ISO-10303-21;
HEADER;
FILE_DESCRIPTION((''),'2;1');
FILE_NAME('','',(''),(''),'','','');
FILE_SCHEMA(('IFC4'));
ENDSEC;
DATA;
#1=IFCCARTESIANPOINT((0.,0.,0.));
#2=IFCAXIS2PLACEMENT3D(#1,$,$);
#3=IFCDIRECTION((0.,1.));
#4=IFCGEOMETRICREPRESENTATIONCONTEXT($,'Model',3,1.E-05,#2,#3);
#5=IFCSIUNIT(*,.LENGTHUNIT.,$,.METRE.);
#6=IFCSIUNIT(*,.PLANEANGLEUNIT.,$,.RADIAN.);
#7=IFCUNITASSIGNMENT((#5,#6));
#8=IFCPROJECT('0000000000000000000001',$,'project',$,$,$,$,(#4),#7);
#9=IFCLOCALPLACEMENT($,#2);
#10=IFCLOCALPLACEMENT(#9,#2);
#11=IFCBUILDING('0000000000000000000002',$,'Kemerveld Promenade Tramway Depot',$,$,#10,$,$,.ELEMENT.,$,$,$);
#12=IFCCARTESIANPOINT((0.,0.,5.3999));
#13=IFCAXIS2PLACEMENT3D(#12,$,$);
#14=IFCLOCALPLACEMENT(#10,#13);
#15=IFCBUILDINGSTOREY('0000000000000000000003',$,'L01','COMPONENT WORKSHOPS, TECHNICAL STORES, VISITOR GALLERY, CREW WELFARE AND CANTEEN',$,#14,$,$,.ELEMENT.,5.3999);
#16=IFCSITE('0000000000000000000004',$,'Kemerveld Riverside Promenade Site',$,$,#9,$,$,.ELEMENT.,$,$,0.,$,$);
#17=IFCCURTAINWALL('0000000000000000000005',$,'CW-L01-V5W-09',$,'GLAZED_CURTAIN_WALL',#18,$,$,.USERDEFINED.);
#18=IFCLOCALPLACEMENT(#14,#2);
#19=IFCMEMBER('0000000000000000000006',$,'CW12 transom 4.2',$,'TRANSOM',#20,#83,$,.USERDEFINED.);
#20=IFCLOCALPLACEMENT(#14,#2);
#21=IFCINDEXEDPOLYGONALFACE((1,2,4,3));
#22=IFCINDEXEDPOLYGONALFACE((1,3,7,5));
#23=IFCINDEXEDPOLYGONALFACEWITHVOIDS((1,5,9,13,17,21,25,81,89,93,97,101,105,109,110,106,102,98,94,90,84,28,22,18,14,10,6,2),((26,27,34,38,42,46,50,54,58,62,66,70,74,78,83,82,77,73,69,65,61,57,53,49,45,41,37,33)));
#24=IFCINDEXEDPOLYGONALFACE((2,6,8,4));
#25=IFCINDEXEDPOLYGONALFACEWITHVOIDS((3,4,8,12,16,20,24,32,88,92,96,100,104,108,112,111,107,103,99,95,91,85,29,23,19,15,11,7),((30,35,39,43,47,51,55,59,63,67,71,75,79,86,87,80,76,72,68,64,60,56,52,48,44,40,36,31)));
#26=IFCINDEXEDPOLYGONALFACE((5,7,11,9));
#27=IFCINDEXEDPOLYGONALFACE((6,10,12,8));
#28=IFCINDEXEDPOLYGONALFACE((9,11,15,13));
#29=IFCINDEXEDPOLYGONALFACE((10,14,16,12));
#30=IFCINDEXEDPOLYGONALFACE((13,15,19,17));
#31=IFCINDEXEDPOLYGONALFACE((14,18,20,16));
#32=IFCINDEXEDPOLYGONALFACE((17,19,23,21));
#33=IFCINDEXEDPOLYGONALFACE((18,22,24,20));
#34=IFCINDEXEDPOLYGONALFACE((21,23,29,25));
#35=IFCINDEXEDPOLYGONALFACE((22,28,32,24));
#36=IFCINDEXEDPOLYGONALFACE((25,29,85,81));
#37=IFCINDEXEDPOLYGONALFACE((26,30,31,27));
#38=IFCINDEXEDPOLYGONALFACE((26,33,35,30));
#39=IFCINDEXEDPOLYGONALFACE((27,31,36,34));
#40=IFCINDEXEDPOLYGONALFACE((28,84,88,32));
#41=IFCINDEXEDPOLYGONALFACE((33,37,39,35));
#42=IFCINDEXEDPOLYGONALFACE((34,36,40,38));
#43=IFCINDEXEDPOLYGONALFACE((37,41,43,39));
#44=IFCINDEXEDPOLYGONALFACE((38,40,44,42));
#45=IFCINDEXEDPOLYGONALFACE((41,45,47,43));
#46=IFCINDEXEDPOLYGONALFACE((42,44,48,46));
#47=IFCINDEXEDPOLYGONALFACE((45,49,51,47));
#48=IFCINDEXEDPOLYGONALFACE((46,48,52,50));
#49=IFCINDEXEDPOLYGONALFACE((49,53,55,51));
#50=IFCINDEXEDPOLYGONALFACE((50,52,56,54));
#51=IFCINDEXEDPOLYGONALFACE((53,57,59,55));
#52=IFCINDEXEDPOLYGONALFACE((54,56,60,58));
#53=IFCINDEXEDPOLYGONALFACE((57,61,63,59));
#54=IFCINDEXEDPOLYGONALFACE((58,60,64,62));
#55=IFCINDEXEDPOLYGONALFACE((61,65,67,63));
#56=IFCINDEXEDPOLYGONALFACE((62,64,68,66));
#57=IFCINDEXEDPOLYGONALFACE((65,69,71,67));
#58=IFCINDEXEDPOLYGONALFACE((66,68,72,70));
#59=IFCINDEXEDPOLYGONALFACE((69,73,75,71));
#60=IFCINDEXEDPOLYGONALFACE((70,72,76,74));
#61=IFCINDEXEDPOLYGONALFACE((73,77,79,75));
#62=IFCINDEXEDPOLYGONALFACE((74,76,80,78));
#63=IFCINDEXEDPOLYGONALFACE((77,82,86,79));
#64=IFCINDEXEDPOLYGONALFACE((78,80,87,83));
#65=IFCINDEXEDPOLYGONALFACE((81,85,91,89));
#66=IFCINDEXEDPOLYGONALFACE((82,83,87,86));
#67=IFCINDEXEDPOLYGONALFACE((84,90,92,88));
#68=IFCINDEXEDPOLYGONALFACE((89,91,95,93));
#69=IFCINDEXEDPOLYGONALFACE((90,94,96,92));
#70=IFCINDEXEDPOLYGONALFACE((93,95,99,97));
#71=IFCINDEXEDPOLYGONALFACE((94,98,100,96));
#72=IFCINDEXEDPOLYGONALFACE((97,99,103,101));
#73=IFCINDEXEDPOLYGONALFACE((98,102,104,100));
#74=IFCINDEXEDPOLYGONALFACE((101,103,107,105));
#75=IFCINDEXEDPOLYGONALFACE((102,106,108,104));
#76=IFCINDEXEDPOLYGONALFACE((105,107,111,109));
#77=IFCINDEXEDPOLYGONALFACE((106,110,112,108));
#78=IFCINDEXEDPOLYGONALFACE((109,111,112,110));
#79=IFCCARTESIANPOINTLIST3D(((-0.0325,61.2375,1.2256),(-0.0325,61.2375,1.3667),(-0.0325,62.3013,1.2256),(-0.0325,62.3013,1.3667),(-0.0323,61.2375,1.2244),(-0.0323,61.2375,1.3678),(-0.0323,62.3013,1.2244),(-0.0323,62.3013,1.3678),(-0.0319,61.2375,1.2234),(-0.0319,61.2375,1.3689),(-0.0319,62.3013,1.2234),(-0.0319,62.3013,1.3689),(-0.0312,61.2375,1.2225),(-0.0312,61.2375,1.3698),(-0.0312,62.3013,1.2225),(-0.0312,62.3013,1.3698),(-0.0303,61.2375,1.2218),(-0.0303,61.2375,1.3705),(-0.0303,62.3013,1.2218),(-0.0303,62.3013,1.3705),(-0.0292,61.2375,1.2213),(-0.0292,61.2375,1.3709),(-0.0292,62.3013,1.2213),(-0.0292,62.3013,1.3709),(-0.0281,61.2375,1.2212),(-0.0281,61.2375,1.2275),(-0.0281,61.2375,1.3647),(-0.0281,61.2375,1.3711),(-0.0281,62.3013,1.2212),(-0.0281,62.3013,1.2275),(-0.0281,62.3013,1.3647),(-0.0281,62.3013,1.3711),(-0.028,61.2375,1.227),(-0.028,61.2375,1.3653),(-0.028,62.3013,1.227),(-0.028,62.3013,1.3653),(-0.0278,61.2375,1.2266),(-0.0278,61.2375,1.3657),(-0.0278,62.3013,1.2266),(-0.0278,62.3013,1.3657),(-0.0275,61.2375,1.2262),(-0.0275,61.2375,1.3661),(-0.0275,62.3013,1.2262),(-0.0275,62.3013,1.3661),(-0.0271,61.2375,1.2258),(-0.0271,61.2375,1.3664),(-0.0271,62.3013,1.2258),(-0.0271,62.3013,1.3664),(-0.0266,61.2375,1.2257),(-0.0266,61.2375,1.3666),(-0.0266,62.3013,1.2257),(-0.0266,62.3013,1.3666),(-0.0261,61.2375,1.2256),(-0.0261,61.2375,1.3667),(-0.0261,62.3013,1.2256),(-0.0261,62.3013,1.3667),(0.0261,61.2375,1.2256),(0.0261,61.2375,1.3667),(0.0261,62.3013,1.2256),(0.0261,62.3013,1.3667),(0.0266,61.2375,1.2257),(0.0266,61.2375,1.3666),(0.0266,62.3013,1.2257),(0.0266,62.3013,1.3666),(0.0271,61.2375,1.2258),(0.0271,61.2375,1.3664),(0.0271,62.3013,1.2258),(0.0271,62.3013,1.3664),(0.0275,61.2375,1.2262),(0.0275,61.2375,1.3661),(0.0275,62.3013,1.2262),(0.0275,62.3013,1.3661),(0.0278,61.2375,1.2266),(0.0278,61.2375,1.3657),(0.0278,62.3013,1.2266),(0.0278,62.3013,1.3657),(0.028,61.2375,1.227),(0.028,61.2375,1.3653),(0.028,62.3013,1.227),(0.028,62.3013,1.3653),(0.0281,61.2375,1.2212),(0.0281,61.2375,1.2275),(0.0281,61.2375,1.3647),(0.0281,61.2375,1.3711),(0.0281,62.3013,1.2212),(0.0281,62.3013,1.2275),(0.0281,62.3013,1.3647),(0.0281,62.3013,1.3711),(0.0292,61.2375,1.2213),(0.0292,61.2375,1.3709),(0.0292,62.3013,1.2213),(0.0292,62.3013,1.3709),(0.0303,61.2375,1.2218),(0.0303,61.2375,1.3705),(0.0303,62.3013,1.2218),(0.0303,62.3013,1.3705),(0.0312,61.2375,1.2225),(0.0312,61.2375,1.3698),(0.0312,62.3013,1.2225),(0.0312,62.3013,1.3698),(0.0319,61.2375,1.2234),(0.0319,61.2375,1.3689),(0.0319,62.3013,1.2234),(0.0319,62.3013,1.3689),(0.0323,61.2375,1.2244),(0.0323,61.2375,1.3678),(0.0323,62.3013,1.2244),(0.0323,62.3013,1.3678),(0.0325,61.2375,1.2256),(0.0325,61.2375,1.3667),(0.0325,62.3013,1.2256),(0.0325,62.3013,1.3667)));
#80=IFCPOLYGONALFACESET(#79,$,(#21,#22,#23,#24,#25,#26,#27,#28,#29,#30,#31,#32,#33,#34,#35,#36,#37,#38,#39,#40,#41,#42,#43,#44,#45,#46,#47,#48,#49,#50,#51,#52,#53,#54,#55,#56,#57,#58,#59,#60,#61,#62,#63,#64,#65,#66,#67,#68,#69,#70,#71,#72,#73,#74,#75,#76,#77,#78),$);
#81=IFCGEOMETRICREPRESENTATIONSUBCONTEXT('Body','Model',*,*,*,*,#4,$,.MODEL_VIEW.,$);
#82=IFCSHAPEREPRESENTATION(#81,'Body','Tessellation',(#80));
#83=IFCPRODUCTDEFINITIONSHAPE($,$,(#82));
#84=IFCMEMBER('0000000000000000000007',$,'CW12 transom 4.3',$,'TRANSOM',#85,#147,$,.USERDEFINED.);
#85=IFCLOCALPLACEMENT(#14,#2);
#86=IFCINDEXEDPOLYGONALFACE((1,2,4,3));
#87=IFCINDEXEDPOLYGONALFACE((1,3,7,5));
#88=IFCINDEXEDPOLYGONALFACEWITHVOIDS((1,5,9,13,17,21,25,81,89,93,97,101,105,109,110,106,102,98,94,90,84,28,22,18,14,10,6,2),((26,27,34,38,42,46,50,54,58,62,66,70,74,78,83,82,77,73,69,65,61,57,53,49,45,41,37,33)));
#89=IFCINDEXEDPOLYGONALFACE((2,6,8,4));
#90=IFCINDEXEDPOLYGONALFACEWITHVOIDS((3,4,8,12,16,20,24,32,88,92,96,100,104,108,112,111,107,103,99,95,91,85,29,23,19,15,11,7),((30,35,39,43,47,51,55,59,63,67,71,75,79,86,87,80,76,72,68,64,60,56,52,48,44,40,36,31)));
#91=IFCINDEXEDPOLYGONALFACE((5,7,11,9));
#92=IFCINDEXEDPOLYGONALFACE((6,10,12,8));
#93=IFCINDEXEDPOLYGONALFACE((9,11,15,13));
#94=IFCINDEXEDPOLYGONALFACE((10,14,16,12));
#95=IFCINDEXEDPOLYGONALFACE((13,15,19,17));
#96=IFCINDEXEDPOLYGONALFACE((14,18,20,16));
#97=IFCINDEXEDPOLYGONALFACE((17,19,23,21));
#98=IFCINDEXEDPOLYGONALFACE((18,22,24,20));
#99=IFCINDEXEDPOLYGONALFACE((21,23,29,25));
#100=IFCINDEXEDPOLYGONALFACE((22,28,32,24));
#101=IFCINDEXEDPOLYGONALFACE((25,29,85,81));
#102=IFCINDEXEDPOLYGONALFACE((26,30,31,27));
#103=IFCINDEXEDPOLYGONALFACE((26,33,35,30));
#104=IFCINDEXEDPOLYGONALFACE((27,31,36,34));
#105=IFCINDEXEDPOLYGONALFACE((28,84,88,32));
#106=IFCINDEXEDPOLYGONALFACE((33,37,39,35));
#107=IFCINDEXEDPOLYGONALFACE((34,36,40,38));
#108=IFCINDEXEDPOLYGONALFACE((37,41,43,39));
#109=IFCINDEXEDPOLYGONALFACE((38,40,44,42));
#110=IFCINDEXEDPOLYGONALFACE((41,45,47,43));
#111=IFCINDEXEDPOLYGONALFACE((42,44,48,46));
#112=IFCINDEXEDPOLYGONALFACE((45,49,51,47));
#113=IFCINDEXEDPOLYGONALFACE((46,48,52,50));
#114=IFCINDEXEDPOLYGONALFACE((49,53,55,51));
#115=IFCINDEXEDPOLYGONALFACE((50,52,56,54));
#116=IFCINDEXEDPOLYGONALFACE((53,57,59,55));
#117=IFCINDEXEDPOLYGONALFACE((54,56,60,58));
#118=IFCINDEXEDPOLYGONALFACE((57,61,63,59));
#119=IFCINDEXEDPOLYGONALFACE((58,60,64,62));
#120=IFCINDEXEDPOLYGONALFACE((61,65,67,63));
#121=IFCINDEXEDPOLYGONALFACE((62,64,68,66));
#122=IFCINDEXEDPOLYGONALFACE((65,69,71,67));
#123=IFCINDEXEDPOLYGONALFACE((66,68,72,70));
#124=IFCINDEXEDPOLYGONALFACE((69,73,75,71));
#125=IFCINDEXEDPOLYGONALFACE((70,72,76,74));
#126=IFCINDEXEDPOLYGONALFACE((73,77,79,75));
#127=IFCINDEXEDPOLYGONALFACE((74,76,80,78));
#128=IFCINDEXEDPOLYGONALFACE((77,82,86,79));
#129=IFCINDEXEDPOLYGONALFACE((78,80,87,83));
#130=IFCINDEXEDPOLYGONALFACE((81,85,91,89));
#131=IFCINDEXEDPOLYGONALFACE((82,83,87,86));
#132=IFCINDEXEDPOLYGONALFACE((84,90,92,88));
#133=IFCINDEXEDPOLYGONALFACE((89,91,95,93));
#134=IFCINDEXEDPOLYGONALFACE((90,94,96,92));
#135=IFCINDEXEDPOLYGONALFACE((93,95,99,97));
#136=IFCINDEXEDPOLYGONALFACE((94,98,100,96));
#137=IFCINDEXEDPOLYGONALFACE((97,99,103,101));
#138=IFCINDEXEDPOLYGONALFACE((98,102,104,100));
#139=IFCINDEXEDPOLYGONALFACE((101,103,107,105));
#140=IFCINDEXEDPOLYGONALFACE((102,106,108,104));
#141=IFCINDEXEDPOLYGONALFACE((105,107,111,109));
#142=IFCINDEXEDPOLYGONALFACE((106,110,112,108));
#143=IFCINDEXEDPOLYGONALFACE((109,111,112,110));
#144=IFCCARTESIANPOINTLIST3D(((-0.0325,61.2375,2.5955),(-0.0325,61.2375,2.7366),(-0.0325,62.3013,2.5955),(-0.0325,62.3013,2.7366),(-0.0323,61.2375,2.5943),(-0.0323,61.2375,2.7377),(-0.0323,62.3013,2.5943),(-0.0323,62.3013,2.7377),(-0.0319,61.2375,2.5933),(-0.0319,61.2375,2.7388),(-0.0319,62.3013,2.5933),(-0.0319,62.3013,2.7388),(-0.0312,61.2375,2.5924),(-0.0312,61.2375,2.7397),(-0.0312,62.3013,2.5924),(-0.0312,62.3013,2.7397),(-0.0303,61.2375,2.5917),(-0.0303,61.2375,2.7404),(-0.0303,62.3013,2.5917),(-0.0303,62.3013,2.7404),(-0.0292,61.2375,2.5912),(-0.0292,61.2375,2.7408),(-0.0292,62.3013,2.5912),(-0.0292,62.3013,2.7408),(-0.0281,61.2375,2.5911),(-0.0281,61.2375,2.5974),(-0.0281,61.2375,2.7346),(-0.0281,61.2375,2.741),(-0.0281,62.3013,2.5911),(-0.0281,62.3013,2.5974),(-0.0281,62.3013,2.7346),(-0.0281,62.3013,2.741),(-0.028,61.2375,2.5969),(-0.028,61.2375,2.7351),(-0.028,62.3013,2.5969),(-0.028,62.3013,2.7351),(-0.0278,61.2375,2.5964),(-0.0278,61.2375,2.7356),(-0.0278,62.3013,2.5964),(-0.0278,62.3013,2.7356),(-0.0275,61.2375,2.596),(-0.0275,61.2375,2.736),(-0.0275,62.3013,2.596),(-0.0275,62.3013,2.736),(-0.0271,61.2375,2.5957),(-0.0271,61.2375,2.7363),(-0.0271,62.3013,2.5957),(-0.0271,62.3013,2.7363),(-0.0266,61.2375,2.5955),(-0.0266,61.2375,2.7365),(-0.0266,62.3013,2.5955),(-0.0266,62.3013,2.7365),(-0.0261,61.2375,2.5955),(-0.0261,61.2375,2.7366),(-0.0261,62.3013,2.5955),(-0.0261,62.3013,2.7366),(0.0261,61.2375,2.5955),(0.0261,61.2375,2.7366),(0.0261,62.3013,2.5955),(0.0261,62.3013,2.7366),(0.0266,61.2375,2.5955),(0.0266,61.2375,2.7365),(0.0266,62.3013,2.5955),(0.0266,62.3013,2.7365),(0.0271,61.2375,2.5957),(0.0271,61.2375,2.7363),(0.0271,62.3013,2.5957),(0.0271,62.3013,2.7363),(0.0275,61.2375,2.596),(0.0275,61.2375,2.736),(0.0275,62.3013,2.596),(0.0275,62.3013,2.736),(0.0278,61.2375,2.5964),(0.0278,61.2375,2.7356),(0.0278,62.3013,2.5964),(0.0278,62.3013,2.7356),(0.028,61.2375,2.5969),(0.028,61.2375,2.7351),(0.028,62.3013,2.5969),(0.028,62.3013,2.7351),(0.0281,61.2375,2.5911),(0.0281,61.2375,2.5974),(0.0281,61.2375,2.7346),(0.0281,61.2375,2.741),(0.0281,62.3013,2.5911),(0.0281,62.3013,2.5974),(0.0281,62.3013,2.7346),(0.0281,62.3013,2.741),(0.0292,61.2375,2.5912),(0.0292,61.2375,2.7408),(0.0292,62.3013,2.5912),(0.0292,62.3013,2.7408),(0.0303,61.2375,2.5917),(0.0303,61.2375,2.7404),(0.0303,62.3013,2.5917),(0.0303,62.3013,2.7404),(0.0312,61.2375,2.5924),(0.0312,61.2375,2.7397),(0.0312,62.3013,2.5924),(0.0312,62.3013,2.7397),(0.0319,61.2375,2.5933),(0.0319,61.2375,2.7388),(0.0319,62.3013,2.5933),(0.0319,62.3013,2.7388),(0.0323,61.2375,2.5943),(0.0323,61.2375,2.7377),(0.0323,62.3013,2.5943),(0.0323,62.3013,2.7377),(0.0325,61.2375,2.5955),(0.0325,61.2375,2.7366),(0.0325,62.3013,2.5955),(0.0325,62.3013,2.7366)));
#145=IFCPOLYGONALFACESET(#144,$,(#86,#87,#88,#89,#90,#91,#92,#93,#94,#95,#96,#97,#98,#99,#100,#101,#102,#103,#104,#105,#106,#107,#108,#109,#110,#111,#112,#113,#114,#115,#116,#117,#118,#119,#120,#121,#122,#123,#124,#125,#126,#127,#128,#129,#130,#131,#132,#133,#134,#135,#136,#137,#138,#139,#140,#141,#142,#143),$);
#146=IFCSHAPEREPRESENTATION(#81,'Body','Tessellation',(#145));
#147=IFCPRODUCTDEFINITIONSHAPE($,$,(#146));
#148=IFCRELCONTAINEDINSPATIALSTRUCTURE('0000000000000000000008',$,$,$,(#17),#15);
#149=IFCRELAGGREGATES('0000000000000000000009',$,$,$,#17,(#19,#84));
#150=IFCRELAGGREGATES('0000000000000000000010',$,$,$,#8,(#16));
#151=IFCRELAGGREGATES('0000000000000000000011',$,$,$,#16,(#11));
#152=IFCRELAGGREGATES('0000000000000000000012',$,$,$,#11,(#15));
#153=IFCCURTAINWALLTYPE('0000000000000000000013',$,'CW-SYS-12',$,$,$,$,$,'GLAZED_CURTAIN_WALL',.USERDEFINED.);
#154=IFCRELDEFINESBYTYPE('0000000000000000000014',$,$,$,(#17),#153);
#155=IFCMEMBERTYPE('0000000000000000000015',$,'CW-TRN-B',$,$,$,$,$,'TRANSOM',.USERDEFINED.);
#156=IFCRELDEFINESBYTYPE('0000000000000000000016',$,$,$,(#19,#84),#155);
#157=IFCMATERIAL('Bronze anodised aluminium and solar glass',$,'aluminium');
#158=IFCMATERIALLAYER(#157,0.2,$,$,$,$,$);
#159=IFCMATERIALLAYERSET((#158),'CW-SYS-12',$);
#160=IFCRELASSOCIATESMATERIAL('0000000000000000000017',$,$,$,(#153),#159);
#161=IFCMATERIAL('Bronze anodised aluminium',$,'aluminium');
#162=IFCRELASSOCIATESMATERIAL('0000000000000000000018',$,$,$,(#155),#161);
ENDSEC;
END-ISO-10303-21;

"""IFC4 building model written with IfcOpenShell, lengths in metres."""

from ifc_helpers import new_model, si_unit, direction, frame, origin, origin_2d, place, context, subcontext, project, spatial, hollow_rectangle, extrude, material, layer, layer_set, material_profile, profile_set, type_object, element, aggregate, save


model = new_model("IFC4")

# Units and contexts
model_context = context("Model", 3, precision=1e-05, world=origin(), true_north=direction((0.0, 1.0)))
body_context = subcontext(model_context, "Body", "Model", "MODEL_VIEW")
ifc_project = project(units=[si_unit("LENGTHUNIT", "METRE"), si_unit("PLANEANGLEUNIT", "RADIAN")], contexts=[model_context])

# Site, building, storey
site_placement = place(None, origin())
site = spatial("IfcSite", under=ifc_project, at=site_placement, Name="Kemerveld Riverside Promenade Site", CompositionType="ELEMENT", RefElevation=0.0)
building_placement = place(site_placement, origin())
building = spatial("IfcBuilding", under=site, at=building_placement, Name="Kemerveld Promenade Tramway Depot", CompositionType="ELEMENT")
storey_placement = place(building_placement, frame((0.0, 0.0, 5.3999)))
storey = spatial("IfcBuildingStorey", under=building, at=storey_placement, Name="L01", Description="COMPONENT WORKSHOPS, TECHNICAL STORES, VISITOR GALLERY, CREW WELFARE AND CANTEEN", CompositionType="ELEMENT", Elevation=5.3999)

# Curtain wall, members
ifc_material_1 = material(Name="Bronze anodised aluminium and solar glass", Category="aluminium")
ifc_layer_1 = layer(ifc_material_1, 0.2)
ifc_layer_set_1 = layer_set([ifc_layer_1], Name="CW-SYS-12")
curtain_wall_type = type_object("IfcCurtainWallType", Name="CW-SYS-12", ElementType="GLAZED_CURTAIN_WALL", PredefinedType="USERDEFINED", material=ifc_layer_set_1)
curtain_wall_placement = place(storey_placement, origin())
curtain_wall = element("IfcCurtainWall", 1, at=curtain_wall_placement, inside=storey, type_object=curtain_wall_type, Name="CW-L01-V5W-09", ObjectType="GLAZED_CURTAIN_WALL", PredefinedType="USERDEFINED")
ifc_material_2 = material(Name="Bronze anodised aluminium", Category="aluminium")
ifc_material_profile_1 = material_profile(ifc_material_2, hollow_rectangle(XDim=0.0649, YDim=0.1499, WallThickness=0.0044, InnerFilletRadius=0.002, OuterFilletRadius=0.0044, at=origin_2d()), Name="CW-TRN-150x65")
ifc_profile_set_1 = profile_set([ifc_material_profile_1], Name="Bronze anodised aluminium")
member_type_1 = type_object("IfcMemberType", Name="CW-TRN-B", ElementType="TRANSOM", PredefinedType="USERDEFINED", material=ifc_profile_set_1)
member_1_placement = place(storey_placement, frame((0.0, 61.2375, 1.2961), z_axis=(0.0, 1.0, 0.0), x_axis=(-1.0, 0.0, 0.0)))
member_1 = element("IfcMember", 2, at=member_1_placement, type_object=member_type_1, Name="CW12 transom 4.2", ObjectType="TRANSOM", PredefinedType="USERDEFINED", context=body_context, shape_type="SweptSolid", body=[
    extrude(hollow_rectangle(XDim=0.0649, YDim=0.1499, WallThickness=0.0044, InnerFilletRadius=0.002, OuterFilletRadius=0.0044, at=origin_2d()), origin(), (0.0, 0.0, 1.0), 1.0637),
])
member_2_placement = place(storey_placement, frame((0.0, 61.2375, 2.666), z_axis=(0.0, 1.0, 0.0), x_axis=(-1.0, 0.0, 0.0)))
member_2 = element("IfcMember", 3, at=member_2_placement, type_object=member_type_1, Name="CW12 transom 4.3", ObjectType="TRANSOM", PredefinedType="USERDEFINED", context=body_context, shape_type="SweptSolid", body=[
    extrude(hollow_rectangle(XDim=0.0649, YDim=0.1499, WallThickness=0.0044, InnerFilletRadius=0.002, OuterFilletRadius=0.0044, at=origin_2d()), origin(), (0.0, 0.0, 1.0), 1.0637),
])
aggregate(curtain_wall, [member_1, member_2])

save(model, "model.ifc")
